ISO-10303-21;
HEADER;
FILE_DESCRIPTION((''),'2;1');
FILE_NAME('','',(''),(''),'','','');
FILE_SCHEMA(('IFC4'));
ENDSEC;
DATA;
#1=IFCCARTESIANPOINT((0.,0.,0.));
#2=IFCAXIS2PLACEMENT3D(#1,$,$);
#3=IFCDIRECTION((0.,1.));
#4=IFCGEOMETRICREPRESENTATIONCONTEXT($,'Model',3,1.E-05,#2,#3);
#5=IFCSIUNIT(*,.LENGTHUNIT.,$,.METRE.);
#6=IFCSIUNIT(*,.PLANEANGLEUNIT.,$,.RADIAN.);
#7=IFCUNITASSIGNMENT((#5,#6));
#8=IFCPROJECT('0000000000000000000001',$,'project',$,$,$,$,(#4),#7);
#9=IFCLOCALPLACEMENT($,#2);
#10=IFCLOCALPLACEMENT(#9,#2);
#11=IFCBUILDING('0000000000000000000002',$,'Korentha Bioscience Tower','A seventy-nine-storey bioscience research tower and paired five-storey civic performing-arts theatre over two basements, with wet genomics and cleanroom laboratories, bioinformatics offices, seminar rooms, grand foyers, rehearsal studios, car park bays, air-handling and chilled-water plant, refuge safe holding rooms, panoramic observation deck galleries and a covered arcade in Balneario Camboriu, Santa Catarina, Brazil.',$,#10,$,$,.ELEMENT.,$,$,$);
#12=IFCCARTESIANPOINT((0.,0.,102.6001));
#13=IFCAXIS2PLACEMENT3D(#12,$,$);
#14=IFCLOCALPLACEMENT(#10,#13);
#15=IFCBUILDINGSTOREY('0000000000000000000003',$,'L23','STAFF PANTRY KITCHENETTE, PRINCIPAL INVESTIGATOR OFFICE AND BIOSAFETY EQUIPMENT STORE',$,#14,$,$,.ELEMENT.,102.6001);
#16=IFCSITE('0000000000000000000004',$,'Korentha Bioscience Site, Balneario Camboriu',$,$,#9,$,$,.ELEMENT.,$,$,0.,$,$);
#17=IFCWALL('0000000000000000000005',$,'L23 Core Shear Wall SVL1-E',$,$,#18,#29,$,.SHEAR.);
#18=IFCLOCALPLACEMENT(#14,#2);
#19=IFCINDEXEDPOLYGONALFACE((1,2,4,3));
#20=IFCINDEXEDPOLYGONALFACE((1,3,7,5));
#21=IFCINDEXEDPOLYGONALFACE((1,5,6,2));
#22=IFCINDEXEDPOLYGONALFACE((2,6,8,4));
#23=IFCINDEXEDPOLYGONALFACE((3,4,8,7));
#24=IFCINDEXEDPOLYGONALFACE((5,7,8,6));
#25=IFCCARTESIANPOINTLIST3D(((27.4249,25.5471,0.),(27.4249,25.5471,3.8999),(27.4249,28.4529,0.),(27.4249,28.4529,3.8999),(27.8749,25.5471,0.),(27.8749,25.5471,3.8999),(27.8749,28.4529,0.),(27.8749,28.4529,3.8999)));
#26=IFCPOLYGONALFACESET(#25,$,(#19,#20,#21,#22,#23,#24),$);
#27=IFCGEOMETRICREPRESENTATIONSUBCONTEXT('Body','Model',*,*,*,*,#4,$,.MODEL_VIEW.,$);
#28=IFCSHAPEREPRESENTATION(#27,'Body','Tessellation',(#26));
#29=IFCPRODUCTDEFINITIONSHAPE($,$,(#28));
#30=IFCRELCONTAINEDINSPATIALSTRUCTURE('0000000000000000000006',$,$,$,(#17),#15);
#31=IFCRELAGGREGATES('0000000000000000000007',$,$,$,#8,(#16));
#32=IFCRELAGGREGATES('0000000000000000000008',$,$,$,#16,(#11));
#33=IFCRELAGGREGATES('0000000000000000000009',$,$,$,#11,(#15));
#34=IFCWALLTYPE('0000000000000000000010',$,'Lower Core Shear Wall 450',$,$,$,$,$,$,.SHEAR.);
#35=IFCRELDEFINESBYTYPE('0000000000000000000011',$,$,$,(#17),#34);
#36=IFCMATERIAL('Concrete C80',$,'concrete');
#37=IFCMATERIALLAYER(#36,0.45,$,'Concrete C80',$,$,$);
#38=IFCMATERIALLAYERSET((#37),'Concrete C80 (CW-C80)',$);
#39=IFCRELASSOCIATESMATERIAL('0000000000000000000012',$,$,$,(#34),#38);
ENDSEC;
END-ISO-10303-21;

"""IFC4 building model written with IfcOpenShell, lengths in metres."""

from ifc_helpers import new_model, si_unit, direction, frame, frame_2d, origin, place, context, subcontext, project, spatial, rectangle, extrude, material, layer, layer_set, type_object, element, save


model = new_model("IFC4")

# Units and contexts
model_context = context("Model", 3, precision=1e-05, world=origin(), true_north=direction((0.0, 1.0)))
body_context = subcontext(model_context, "Body", "Model", "MODEL_VIEW")
ifc_project = project(units=[si_unit("LENGTHUNIT", "METRE"), si_unit("PLANEANGLEUNIT", "RADIAN")], contexts=[model_context])

# Site, building, storey
site_placement = place(None, origin())
site = spatial("IfcSite", under=ifc_project, at=site_placement, Name="Korentha Bioscience Site, Balneario Camboriu", CompositionType="ELEMENT", RefElevation=0.0)
building_placement = place(site_placement, origin())
building = spatial("IfcBuilding", under=site, at=building_placement, Name="Korentha Bioscience Tower", Description="A seventy-nine-storey bioscience research tower and paired five-storey civic performing-arts theatre over two basements, with wet genomics and cleanroom laboratories, bioinformatics offices, seminar rooms, grand foyers, rehearsal studios, car park bays, air-handling and chilled-water plant, refuge safe holding rooms, panoramic observation deck galleries and a covered arcade in Balneario Camboriu, Santa Catarina, Brazil.", CompositionType="ELEMENT")
storey_placement = place(building_placement, frame((0.0, 0.0, 102.6001)))
storey = spatial("IfcBuildingStorey", under=building, at=storey_placement, Name="L23", Description="STAFF PANTRY KITCHENETTE, PRINCIPAL INVESTIGATOR OFFICE AND BIOSAFETY EQUIPMENT STORE", CompositionType="ELEMENT", Elevation=102.6001)

# Shared definitions
ifc_material_1 = material(Name="Concrete C80", Category="concrete")

# Shared definitions
ifc_layer_1 = layer(ifc_material_1, 0.45, Name="Concrete C80")
ifc_layer_set_1 = layer_set([ifc_layer_1], Name="Concrete C80 (CW-C80)")
wall_type_1 = type_object("IfcWallType", Name="Lower Core Shear Wall 450", PredefinedType="SHEAR", material=ifc_layer_set_1)

# Wall
wall_1_placement = place(storey_placement, frame((27.6499, 25.5471, 0.0), z_axis=(0.0, 0.0, 1.0), x_axis=(0.0, 1.0, 0.0)))
element("IfcWall", 1, at=wall_1_placement, inside=storey, type_object=wall_type_1, Name="L23 Core Shear Wall SVL1-E", PredefinedType="SHEAR", context=body_context, shape_type="SweptSolid", body=[
    extrude(rectangle(XDim=2.9058, YDim=0.45, at=frame_2d((1.4529, 0.0))), origin(), (0.0, 0.0, 1.0), 3.8999),
])

save(model, "model.ifc")
